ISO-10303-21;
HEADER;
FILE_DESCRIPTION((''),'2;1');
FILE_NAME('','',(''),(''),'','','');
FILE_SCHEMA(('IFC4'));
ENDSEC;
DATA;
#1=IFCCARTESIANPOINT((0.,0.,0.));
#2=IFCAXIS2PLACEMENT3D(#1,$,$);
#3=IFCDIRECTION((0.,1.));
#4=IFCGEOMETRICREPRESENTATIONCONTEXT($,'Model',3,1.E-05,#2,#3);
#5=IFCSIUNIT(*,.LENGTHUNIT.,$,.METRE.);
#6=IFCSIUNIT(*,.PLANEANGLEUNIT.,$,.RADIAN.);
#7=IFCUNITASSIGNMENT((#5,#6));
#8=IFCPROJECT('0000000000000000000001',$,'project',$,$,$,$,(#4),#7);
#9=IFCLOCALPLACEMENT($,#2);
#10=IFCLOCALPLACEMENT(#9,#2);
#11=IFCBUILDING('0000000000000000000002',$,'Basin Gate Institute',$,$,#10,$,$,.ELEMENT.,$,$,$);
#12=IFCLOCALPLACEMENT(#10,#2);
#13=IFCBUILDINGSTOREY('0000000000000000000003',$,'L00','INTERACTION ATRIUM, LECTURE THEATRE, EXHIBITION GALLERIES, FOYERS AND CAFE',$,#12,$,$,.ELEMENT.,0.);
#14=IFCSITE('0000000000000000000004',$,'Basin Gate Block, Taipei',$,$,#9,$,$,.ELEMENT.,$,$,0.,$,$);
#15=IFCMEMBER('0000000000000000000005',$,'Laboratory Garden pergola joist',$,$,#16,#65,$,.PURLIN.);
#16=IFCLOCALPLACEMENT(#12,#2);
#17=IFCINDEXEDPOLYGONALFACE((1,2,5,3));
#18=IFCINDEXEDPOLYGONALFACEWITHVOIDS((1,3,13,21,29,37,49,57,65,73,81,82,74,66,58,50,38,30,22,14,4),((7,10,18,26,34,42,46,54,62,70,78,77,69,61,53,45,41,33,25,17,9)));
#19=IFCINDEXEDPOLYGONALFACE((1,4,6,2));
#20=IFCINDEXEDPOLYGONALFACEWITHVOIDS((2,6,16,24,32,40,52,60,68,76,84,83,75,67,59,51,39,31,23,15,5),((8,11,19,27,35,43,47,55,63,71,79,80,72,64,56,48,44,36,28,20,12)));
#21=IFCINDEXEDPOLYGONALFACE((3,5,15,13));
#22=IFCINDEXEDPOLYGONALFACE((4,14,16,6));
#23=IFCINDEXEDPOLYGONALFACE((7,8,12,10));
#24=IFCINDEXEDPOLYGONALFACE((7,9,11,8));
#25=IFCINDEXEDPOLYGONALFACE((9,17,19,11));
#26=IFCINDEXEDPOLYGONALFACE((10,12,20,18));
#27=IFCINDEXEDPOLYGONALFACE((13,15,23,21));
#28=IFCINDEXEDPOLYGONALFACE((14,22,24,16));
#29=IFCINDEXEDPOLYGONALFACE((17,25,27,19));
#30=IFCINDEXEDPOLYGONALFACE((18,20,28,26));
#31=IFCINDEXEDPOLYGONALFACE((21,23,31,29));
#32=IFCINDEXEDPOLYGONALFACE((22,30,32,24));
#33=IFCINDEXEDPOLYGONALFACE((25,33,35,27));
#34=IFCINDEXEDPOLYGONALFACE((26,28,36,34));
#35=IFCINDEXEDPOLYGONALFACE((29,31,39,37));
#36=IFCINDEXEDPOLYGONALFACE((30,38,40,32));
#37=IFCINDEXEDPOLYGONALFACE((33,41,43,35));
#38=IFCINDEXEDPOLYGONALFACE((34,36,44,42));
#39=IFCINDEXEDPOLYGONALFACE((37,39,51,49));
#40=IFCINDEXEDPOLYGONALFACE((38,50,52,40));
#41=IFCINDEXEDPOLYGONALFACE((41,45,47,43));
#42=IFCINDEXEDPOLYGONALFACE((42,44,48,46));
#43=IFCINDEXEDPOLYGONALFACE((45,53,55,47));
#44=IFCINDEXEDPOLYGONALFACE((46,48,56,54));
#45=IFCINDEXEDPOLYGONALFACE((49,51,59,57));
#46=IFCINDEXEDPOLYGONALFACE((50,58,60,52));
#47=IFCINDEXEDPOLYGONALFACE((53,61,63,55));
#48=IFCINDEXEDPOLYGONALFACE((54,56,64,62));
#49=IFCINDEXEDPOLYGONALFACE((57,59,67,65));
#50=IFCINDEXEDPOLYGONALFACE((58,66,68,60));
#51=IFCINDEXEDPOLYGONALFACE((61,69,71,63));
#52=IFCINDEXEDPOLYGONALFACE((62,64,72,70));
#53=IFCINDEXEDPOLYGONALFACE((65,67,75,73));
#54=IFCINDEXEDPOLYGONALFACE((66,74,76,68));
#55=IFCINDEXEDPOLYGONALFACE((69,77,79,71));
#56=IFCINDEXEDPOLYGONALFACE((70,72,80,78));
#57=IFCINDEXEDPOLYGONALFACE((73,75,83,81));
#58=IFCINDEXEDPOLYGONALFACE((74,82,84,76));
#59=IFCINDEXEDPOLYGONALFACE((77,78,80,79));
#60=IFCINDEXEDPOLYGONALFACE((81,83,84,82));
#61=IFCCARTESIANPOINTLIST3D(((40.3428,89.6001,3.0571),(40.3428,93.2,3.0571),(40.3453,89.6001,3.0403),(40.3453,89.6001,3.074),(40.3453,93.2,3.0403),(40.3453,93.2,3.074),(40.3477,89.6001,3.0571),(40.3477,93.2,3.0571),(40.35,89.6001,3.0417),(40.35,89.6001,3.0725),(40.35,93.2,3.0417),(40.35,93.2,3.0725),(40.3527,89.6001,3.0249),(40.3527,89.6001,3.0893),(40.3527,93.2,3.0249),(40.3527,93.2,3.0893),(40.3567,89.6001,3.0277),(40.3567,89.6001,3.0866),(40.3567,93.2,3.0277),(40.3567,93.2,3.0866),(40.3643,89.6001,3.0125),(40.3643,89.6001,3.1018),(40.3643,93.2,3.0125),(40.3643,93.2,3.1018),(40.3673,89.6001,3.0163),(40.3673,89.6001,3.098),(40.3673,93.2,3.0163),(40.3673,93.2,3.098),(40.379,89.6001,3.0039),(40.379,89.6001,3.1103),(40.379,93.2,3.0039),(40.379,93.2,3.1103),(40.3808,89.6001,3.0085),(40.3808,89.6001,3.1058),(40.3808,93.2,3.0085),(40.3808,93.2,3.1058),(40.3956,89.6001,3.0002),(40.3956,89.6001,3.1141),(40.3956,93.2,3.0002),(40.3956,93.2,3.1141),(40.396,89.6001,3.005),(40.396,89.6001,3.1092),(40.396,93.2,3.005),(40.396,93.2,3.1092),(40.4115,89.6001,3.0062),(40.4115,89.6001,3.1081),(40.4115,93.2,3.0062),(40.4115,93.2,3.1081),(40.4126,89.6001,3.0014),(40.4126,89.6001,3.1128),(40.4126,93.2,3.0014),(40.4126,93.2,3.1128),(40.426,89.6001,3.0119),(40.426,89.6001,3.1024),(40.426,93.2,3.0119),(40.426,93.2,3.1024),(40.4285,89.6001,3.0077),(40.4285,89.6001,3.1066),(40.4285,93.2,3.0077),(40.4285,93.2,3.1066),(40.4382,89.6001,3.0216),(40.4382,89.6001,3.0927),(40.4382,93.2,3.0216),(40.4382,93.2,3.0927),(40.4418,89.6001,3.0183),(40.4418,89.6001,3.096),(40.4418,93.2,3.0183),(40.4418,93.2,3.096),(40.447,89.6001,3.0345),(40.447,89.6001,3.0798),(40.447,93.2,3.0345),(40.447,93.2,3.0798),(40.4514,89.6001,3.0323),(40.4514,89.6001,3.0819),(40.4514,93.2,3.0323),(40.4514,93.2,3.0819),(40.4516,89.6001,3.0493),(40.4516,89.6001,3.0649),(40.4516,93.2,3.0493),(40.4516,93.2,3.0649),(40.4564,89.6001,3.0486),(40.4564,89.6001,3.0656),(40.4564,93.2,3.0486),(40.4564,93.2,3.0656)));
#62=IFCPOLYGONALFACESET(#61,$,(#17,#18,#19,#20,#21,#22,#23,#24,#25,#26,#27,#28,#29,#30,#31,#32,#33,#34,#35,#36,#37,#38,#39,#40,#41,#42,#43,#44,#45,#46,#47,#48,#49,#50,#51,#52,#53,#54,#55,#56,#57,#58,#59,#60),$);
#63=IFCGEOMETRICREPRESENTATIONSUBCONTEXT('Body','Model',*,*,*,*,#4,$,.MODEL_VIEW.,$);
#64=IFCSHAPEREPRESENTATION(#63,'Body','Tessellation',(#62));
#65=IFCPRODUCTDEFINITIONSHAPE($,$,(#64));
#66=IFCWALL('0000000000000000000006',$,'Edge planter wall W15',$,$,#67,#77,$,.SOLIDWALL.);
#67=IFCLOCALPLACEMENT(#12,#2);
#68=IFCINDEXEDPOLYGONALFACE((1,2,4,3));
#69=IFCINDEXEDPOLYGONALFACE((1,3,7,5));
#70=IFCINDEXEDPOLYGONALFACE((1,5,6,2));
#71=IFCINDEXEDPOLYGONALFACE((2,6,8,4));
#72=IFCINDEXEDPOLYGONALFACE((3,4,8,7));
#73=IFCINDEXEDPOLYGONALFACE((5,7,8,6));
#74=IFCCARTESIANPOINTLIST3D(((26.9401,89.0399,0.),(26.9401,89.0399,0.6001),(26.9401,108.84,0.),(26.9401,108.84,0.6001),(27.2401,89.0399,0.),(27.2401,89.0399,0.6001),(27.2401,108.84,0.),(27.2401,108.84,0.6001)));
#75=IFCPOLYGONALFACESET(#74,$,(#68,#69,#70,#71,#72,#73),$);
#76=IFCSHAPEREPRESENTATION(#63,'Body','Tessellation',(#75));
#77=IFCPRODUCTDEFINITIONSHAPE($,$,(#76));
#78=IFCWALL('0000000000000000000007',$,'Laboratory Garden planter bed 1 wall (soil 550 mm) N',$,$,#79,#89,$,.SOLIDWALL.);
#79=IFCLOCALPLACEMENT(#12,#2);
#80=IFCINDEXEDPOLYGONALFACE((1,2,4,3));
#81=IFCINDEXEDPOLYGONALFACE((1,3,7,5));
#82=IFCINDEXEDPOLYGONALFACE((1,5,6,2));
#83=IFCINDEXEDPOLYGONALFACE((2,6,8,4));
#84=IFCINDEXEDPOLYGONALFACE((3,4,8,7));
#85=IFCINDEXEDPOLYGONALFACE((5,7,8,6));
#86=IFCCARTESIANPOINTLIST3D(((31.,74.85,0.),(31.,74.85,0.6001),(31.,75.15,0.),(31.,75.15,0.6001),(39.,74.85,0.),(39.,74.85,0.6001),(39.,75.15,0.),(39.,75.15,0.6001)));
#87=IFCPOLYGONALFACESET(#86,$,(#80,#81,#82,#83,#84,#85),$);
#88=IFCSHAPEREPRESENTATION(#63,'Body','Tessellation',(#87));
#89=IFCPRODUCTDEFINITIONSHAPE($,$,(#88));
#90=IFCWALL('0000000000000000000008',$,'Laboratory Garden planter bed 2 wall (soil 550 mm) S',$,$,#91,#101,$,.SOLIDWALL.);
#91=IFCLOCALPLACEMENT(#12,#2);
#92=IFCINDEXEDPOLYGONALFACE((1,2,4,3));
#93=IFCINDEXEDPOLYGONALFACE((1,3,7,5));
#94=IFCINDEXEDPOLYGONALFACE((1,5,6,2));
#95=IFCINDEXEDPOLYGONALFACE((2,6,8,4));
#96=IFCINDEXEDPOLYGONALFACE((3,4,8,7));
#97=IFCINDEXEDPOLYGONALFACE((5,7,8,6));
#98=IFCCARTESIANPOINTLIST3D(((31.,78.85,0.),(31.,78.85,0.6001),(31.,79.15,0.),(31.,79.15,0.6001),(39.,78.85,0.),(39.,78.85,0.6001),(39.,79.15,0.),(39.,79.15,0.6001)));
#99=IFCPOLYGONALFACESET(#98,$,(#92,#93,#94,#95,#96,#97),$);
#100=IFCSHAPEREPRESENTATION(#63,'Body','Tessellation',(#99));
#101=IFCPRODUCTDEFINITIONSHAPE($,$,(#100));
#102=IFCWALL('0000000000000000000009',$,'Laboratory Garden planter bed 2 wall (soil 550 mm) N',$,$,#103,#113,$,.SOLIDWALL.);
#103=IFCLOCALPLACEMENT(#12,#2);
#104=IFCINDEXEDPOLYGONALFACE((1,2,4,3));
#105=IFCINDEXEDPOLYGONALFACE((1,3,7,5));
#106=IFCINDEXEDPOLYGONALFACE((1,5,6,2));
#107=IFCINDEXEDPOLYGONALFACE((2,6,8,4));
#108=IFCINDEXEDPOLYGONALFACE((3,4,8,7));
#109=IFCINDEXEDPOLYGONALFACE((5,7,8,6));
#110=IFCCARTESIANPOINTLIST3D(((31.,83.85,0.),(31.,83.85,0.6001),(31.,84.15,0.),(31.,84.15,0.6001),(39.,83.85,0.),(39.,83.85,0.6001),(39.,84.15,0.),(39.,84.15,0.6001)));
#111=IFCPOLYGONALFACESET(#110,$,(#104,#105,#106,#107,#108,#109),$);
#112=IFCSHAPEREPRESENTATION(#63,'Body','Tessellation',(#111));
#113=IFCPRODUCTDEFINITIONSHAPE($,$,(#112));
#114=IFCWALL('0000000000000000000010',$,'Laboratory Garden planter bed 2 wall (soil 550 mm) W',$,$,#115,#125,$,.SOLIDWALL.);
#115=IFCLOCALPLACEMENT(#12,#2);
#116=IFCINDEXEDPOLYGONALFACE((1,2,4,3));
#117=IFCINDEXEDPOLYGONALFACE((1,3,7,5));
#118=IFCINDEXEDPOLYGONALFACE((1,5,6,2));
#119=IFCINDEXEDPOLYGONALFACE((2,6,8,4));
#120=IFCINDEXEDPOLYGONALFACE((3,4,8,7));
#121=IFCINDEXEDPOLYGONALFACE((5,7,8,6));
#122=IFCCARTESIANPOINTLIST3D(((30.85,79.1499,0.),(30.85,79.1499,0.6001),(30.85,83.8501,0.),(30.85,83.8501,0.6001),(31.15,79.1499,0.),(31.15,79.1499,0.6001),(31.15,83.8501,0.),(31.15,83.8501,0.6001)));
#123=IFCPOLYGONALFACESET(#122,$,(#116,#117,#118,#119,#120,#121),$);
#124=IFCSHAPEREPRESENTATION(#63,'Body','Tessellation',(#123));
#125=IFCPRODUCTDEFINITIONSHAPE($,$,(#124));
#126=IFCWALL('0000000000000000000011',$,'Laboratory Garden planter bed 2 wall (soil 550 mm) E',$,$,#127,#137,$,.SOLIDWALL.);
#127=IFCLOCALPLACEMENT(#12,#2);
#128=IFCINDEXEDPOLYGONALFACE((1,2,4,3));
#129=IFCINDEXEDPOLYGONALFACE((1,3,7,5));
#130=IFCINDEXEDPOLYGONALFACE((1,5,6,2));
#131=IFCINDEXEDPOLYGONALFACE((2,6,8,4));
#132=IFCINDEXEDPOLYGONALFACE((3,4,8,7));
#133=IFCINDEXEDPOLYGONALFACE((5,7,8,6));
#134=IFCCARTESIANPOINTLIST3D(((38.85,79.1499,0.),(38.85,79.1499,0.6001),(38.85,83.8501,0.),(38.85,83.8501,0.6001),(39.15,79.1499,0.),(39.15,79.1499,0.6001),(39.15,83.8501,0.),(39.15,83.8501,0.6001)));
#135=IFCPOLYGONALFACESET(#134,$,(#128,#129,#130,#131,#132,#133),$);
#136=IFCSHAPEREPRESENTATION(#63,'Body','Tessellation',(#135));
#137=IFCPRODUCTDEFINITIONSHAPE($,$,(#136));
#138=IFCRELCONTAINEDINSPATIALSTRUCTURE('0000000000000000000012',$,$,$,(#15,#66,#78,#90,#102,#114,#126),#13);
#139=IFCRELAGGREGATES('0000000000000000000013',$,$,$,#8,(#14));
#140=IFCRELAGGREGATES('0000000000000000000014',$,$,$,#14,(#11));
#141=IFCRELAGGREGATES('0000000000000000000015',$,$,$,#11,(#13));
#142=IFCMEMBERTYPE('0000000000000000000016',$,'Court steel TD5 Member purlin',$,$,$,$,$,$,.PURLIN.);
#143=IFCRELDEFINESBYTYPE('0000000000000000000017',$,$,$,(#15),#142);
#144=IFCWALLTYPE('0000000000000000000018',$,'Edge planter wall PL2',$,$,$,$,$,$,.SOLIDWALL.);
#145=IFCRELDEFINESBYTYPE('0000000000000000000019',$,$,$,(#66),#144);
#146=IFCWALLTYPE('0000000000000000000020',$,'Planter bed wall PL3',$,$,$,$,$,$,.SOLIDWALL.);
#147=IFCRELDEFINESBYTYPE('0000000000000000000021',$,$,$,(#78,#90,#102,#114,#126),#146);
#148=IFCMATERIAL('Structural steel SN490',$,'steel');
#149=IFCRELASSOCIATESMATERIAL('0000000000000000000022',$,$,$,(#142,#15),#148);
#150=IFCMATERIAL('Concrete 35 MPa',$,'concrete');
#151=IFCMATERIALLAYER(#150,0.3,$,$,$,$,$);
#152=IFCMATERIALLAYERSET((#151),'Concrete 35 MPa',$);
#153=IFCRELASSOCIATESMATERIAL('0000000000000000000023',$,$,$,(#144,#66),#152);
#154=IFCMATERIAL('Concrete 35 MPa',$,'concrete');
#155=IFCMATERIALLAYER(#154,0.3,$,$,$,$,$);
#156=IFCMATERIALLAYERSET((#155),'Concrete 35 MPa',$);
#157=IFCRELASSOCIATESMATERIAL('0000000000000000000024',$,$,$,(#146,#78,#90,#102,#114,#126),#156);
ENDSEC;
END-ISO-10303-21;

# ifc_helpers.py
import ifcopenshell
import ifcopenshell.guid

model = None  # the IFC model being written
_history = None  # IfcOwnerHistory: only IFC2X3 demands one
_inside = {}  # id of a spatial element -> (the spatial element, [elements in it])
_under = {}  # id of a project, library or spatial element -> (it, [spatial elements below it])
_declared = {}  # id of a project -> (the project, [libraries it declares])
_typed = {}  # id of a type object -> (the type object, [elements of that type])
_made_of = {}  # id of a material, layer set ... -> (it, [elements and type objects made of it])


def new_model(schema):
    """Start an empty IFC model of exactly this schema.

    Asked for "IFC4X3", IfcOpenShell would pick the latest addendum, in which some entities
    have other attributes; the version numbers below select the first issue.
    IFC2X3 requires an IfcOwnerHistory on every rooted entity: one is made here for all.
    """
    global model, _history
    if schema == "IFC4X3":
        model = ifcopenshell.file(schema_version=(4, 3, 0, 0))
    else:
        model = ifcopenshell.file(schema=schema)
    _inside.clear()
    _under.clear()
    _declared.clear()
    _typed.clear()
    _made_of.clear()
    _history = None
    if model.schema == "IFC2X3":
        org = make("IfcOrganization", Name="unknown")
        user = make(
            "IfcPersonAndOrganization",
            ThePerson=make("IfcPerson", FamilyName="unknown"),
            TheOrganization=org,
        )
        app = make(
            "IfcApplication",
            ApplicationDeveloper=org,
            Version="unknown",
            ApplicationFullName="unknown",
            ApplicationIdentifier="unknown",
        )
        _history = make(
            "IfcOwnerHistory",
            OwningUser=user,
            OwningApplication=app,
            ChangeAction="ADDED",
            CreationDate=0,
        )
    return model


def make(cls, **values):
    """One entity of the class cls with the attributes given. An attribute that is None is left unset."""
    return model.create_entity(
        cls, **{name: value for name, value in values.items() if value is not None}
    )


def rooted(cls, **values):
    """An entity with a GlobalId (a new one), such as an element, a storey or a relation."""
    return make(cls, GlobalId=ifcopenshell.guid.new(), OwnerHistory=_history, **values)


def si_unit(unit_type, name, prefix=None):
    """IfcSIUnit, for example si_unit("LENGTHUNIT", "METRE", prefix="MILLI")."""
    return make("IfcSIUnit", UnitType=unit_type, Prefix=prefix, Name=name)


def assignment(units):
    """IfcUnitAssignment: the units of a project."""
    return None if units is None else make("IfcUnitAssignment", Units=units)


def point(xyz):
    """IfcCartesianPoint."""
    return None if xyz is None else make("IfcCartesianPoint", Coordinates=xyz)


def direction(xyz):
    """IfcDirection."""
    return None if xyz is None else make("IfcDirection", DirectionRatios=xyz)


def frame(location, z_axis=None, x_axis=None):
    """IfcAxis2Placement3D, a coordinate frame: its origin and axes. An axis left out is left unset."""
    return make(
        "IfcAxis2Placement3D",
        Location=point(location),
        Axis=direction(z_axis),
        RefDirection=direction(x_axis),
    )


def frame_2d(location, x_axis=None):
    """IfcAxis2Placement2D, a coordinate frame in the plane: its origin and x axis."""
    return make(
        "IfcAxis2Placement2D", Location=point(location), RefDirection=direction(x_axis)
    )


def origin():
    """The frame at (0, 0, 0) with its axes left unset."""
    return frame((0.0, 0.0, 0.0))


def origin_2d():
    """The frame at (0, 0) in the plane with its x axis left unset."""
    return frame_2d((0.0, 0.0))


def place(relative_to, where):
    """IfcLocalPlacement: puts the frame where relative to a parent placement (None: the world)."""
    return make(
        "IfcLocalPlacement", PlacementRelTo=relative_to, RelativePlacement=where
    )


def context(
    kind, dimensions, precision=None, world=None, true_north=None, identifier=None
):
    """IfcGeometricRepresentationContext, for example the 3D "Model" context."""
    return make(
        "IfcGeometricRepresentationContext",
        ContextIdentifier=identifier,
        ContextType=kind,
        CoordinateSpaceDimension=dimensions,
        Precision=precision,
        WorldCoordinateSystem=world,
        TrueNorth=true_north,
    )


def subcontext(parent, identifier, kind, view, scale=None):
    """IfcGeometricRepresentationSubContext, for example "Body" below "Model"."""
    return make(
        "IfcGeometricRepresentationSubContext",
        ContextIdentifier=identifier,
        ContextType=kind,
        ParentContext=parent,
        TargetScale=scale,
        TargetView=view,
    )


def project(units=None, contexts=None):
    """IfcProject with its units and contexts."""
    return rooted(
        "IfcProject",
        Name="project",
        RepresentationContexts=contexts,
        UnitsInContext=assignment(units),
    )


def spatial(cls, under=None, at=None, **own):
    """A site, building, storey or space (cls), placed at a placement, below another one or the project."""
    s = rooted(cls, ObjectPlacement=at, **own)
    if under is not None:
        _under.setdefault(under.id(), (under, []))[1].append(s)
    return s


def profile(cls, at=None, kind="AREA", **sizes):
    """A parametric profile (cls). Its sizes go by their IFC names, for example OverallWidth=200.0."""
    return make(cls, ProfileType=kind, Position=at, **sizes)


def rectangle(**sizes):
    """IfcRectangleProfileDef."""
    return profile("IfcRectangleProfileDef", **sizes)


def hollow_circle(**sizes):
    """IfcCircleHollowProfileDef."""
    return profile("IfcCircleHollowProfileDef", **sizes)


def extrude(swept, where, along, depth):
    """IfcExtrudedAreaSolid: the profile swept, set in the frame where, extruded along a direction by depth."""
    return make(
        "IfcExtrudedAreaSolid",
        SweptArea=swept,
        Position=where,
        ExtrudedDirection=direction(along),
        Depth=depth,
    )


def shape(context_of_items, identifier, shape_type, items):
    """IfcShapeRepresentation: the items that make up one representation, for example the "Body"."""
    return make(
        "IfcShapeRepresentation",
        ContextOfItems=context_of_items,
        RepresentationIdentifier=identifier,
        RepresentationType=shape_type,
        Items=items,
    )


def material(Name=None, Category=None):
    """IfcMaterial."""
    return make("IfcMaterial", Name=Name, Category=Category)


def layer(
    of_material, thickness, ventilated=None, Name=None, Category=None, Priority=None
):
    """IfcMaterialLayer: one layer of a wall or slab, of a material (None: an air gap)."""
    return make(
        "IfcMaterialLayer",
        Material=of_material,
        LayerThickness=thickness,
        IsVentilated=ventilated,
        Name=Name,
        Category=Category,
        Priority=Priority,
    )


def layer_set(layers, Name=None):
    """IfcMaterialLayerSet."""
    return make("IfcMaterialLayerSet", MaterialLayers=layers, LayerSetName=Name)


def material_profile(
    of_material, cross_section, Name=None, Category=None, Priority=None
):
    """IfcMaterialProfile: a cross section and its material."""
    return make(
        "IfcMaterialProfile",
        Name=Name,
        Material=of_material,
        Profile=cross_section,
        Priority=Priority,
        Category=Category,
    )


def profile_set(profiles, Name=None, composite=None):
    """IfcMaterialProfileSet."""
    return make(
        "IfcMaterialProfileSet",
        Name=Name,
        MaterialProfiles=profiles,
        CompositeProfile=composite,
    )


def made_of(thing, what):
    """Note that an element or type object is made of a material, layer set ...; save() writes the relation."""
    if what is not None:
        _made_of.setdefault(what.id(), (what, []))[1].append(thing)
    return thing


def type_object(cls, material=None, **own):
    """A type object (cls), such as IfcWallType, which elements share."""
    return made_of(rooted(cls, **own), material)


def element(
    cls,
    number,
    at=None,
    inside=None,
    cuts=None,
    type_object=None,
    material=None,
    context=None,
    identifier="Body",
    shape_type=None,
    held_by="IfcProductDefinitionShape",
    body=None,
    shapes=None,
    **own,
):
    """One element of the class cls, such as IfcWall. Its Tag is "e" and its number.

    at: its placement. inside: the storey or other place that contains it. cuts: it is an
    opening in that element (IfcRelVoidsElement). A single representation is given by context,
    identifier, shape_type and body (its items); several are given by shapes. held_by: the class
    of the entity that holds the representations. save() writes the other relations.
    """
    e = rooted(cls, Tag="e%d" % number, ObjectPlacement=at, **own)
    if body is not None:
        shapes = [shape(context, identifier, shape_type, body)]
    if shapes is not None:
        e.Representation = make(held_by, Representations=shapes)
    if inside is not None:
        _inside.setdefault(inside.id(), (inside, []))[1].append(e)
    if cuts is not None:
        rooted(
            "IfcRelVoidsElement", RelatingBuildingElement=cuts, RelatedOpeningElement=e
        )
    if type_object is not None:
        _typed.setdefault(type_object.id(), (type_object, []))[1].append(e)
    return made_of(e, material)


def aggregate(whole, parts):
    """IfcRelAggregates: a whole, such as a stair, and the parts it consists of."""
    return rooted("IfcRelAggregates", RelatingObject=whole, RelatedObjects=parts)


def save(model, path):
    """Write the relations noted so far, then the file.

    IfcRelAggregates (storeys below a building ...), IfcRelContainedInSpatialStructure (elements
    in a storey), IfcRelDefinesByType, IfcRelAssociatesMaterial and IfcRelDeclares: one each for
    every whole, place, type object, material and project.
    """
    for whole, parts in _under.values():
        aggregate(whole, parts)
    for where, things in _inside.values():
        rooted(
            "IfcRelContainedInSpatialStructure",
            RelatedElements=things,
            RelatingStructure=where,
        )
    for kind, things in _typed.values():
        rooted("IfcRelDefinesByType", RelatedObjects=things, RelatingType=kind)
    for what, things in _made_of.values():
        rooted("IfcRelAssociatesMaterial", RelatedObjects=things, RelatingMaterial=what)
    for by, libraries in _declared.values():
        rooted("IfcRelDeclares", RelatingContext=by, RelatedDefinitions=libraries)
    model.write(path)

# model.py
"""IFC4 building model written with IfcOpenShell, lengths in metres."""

from ifc_helpers import new_model, si_unit, direction, frame, frame_2d, origin, origin_2d, place, context, subcontext, project, spatial, rectangle, hollow_circle, extrude, material, layer, layer_set, material_profile, profile_set, type_object, element, save


model = new_model("IFC4")

# Units and contexts
model_context = context("Model", 3, precision=1e-05, world=origin(), true_north=direction((0.0, 1.0)))
body_context = subcontext(model_context, "Body", "Model", "MODEL_VIEW")
ifc_project = project(units=[si_unit("LENGTHUNIT", "METRE"), si_unit("PLANEANGLEUNIT", "RADIAN")], contexts=[model_context])

# Site, building, storey
site_placement = place(None, origin())
site = spatial("IfcSite", under=ifc_project, at=site_placement, Name="Basin Gate Block, Taipei", CompositionType="ELEMENT", RefElevation=0.0)
building_placement = place(site_placement, origin())
building = spatial("IfcBuilding", under=site, at=building_placement, Name="Basin Gate Institute", CompositionType="ELEMENT")
storey_placement = place(building_placement, origin())
storey = spatial("IfcBuildingStorey", under=building, at=storey_placement, Name="L00", Description="INTERACTION ATRIUM, LECTURE THEATRE, EXHIBITION GALLERIES, FOYERS AND CAFE", CompositionType="ELEMENT", Elevation=0.0)

# Member
ifc_material_1 = material(Name="Structural steel SN490", Category="steel")
ifc_material_profile_1 = material_profile(ifc_material_1, hollow_circle(Radius=0.0571, WallThickness=0.0049, at=origin_2d()), Name="CHS114x5")
ifc_profile_set_1 = profile_set([ifc_material_profile_1], Name="Structural steel SN490")
member_type = type_object("IfcMemberType", Name="Court steel TD5 Member purlin", PredefinedType="PURLIN", material=ifc_profile_set_1)
member_1_placement = place(storey_placement, frame((40.3999, 89.6001, 3.0571), z_axis=(0.0, 1.0, 0.0), x_axis=(-1.0, 0.0, 0.0)))
element("IfcMember", 1, at=member_1_placement, inside=storey, type_object=member_type, material=ifc_profile_set_1, Name="Laboratory Garden pergola joist", PredefinedType="PURLIN", context=body_context, shape_type="SweptSolid", body=[
    extrude(hollow_circle(Radius=0.0571, WallThickness=0.0049, at=origin_2d()), origin(), (0.0, 0.0, 1.0), 3.5999),
])

# Walls
ifc_material_2 = material(Name="Concrete 35 MPa", Category="concrete")
ifc_layer_1 = layer(ifc_material_2, 0.3)
ifc_layer_set_1 = layer_set([ifc_layer_1], Name="Concrete 35 MPa")
wall_type_1 = type_object("IfcWallType", Name="Edge planter wall PL2", PredefinedType="SOLIDWALL", material=ifc_layer_set_1)
wall_placement = place(storey_placement, frame((27.0901, 89.04, 0.0), z_axis=(0.0, 0.0, 1.0), x_axis=(0.0, 1.0, 0.0)))
element("IfcWall", 2, at=wall_placement, inside=storey, type_object=wall_type_1, material=ifc_layer_set_1, Name="Edge planter wall W15", PredefinedType="SOLIDWALL", context=body_context, shape_type="SweptSolid", body=[
    extrude(rectangle(XDim=19.8, YDim=0.3, at=frame_2d((9.8999, 0.0))), origin(), (0.0, 0.0, 1.0), 0.6001),
])
ifc_material_3 = material(Name="Concrete 35 MPa", Category="concrete")
ifc_layer_2 = layer(ifc_material_3, 0.3)
ifc_layer_set_2 = layer_set([ifc_layer_2], Name="Concrete 35 MPa")
wall_type_2 = type_object("IfcWallType", Name="Planter bed wall PL3", PredefinedType="SOLIDWALL", material=ifc_layer_set_2)
for number, where, z_axis, x_axis, name in (
    (3, (31.0, 75.0, 0.0), (0.0, 0.0, 1.0), (1.0, 0.0, 0.0), "Laboratory Garden planter bed 1 wall (soil 550 mm) N"),
    (4, (31.0, 79.0, 0.0), (0.0, 0.0, 1.0), (1.0, 0.0, 0.0), "Laboratory Garden planter bed 2 wall (soil 550 mm) S"),
    (5, (31.0, 84.0, 0.0), (0.0, 0.0, 1.0), (1.0, 0.0, 0.0), "Laboratory Garden planter bed 2 wall (soil 550 mm) N"),
):
    element("IfcWall", number, at=place(storey_placement, frame(where, z_axis=z_axis, x_axis=x_axis)), inside=storey, type_object=wall_type_2, material=ifc_layer_set_2, Name=name, PredefinedType="SOLIDWALL", context=body_context, shape_type="SweptSolid", body=[
        extrude(rectangle(XDim=8.0, YDim=0.3, at=frame_2d((4.0, 0.0))), origin(), (0.0, 0.0, 1.0), 0.6001),
    ])
for number, where, z_axis, x_axis, name in (
    (6, (31.0, 79.1499, 0.0), (0.0, 0.0, 1.0), (0.0, 1.0, 0.0), "Laboratory Garden planter bed 2 wall (soil 550 mm) W"),
    (7, (39.0, 79.1499, 0.0), (0.0, 0.0, 1.0), (0.0, 1.0, 0.0), "Laboratory Garden planter bed 2 wall (soil 550 mm) E"),
):
    element("IfcWall", number, at=place(storey_placement, frame(where, z_axis=z_axis, x_axis=x_axis)), inside=storey, type_object=wall_type_2, material=ifc_layer_set_2, Name=name, PredefinedType="SOLIDWALL", context=body_context, shape_type="SweptSolid", body=[
        extrude(rectangle(XDim=4.7002, YDim=0.3, at=frame_2d((2.3501, 0.0))), origin(), (0.0, 0.0, 1.0), 0.6001),
    ])

save(model, "model.ifc")
